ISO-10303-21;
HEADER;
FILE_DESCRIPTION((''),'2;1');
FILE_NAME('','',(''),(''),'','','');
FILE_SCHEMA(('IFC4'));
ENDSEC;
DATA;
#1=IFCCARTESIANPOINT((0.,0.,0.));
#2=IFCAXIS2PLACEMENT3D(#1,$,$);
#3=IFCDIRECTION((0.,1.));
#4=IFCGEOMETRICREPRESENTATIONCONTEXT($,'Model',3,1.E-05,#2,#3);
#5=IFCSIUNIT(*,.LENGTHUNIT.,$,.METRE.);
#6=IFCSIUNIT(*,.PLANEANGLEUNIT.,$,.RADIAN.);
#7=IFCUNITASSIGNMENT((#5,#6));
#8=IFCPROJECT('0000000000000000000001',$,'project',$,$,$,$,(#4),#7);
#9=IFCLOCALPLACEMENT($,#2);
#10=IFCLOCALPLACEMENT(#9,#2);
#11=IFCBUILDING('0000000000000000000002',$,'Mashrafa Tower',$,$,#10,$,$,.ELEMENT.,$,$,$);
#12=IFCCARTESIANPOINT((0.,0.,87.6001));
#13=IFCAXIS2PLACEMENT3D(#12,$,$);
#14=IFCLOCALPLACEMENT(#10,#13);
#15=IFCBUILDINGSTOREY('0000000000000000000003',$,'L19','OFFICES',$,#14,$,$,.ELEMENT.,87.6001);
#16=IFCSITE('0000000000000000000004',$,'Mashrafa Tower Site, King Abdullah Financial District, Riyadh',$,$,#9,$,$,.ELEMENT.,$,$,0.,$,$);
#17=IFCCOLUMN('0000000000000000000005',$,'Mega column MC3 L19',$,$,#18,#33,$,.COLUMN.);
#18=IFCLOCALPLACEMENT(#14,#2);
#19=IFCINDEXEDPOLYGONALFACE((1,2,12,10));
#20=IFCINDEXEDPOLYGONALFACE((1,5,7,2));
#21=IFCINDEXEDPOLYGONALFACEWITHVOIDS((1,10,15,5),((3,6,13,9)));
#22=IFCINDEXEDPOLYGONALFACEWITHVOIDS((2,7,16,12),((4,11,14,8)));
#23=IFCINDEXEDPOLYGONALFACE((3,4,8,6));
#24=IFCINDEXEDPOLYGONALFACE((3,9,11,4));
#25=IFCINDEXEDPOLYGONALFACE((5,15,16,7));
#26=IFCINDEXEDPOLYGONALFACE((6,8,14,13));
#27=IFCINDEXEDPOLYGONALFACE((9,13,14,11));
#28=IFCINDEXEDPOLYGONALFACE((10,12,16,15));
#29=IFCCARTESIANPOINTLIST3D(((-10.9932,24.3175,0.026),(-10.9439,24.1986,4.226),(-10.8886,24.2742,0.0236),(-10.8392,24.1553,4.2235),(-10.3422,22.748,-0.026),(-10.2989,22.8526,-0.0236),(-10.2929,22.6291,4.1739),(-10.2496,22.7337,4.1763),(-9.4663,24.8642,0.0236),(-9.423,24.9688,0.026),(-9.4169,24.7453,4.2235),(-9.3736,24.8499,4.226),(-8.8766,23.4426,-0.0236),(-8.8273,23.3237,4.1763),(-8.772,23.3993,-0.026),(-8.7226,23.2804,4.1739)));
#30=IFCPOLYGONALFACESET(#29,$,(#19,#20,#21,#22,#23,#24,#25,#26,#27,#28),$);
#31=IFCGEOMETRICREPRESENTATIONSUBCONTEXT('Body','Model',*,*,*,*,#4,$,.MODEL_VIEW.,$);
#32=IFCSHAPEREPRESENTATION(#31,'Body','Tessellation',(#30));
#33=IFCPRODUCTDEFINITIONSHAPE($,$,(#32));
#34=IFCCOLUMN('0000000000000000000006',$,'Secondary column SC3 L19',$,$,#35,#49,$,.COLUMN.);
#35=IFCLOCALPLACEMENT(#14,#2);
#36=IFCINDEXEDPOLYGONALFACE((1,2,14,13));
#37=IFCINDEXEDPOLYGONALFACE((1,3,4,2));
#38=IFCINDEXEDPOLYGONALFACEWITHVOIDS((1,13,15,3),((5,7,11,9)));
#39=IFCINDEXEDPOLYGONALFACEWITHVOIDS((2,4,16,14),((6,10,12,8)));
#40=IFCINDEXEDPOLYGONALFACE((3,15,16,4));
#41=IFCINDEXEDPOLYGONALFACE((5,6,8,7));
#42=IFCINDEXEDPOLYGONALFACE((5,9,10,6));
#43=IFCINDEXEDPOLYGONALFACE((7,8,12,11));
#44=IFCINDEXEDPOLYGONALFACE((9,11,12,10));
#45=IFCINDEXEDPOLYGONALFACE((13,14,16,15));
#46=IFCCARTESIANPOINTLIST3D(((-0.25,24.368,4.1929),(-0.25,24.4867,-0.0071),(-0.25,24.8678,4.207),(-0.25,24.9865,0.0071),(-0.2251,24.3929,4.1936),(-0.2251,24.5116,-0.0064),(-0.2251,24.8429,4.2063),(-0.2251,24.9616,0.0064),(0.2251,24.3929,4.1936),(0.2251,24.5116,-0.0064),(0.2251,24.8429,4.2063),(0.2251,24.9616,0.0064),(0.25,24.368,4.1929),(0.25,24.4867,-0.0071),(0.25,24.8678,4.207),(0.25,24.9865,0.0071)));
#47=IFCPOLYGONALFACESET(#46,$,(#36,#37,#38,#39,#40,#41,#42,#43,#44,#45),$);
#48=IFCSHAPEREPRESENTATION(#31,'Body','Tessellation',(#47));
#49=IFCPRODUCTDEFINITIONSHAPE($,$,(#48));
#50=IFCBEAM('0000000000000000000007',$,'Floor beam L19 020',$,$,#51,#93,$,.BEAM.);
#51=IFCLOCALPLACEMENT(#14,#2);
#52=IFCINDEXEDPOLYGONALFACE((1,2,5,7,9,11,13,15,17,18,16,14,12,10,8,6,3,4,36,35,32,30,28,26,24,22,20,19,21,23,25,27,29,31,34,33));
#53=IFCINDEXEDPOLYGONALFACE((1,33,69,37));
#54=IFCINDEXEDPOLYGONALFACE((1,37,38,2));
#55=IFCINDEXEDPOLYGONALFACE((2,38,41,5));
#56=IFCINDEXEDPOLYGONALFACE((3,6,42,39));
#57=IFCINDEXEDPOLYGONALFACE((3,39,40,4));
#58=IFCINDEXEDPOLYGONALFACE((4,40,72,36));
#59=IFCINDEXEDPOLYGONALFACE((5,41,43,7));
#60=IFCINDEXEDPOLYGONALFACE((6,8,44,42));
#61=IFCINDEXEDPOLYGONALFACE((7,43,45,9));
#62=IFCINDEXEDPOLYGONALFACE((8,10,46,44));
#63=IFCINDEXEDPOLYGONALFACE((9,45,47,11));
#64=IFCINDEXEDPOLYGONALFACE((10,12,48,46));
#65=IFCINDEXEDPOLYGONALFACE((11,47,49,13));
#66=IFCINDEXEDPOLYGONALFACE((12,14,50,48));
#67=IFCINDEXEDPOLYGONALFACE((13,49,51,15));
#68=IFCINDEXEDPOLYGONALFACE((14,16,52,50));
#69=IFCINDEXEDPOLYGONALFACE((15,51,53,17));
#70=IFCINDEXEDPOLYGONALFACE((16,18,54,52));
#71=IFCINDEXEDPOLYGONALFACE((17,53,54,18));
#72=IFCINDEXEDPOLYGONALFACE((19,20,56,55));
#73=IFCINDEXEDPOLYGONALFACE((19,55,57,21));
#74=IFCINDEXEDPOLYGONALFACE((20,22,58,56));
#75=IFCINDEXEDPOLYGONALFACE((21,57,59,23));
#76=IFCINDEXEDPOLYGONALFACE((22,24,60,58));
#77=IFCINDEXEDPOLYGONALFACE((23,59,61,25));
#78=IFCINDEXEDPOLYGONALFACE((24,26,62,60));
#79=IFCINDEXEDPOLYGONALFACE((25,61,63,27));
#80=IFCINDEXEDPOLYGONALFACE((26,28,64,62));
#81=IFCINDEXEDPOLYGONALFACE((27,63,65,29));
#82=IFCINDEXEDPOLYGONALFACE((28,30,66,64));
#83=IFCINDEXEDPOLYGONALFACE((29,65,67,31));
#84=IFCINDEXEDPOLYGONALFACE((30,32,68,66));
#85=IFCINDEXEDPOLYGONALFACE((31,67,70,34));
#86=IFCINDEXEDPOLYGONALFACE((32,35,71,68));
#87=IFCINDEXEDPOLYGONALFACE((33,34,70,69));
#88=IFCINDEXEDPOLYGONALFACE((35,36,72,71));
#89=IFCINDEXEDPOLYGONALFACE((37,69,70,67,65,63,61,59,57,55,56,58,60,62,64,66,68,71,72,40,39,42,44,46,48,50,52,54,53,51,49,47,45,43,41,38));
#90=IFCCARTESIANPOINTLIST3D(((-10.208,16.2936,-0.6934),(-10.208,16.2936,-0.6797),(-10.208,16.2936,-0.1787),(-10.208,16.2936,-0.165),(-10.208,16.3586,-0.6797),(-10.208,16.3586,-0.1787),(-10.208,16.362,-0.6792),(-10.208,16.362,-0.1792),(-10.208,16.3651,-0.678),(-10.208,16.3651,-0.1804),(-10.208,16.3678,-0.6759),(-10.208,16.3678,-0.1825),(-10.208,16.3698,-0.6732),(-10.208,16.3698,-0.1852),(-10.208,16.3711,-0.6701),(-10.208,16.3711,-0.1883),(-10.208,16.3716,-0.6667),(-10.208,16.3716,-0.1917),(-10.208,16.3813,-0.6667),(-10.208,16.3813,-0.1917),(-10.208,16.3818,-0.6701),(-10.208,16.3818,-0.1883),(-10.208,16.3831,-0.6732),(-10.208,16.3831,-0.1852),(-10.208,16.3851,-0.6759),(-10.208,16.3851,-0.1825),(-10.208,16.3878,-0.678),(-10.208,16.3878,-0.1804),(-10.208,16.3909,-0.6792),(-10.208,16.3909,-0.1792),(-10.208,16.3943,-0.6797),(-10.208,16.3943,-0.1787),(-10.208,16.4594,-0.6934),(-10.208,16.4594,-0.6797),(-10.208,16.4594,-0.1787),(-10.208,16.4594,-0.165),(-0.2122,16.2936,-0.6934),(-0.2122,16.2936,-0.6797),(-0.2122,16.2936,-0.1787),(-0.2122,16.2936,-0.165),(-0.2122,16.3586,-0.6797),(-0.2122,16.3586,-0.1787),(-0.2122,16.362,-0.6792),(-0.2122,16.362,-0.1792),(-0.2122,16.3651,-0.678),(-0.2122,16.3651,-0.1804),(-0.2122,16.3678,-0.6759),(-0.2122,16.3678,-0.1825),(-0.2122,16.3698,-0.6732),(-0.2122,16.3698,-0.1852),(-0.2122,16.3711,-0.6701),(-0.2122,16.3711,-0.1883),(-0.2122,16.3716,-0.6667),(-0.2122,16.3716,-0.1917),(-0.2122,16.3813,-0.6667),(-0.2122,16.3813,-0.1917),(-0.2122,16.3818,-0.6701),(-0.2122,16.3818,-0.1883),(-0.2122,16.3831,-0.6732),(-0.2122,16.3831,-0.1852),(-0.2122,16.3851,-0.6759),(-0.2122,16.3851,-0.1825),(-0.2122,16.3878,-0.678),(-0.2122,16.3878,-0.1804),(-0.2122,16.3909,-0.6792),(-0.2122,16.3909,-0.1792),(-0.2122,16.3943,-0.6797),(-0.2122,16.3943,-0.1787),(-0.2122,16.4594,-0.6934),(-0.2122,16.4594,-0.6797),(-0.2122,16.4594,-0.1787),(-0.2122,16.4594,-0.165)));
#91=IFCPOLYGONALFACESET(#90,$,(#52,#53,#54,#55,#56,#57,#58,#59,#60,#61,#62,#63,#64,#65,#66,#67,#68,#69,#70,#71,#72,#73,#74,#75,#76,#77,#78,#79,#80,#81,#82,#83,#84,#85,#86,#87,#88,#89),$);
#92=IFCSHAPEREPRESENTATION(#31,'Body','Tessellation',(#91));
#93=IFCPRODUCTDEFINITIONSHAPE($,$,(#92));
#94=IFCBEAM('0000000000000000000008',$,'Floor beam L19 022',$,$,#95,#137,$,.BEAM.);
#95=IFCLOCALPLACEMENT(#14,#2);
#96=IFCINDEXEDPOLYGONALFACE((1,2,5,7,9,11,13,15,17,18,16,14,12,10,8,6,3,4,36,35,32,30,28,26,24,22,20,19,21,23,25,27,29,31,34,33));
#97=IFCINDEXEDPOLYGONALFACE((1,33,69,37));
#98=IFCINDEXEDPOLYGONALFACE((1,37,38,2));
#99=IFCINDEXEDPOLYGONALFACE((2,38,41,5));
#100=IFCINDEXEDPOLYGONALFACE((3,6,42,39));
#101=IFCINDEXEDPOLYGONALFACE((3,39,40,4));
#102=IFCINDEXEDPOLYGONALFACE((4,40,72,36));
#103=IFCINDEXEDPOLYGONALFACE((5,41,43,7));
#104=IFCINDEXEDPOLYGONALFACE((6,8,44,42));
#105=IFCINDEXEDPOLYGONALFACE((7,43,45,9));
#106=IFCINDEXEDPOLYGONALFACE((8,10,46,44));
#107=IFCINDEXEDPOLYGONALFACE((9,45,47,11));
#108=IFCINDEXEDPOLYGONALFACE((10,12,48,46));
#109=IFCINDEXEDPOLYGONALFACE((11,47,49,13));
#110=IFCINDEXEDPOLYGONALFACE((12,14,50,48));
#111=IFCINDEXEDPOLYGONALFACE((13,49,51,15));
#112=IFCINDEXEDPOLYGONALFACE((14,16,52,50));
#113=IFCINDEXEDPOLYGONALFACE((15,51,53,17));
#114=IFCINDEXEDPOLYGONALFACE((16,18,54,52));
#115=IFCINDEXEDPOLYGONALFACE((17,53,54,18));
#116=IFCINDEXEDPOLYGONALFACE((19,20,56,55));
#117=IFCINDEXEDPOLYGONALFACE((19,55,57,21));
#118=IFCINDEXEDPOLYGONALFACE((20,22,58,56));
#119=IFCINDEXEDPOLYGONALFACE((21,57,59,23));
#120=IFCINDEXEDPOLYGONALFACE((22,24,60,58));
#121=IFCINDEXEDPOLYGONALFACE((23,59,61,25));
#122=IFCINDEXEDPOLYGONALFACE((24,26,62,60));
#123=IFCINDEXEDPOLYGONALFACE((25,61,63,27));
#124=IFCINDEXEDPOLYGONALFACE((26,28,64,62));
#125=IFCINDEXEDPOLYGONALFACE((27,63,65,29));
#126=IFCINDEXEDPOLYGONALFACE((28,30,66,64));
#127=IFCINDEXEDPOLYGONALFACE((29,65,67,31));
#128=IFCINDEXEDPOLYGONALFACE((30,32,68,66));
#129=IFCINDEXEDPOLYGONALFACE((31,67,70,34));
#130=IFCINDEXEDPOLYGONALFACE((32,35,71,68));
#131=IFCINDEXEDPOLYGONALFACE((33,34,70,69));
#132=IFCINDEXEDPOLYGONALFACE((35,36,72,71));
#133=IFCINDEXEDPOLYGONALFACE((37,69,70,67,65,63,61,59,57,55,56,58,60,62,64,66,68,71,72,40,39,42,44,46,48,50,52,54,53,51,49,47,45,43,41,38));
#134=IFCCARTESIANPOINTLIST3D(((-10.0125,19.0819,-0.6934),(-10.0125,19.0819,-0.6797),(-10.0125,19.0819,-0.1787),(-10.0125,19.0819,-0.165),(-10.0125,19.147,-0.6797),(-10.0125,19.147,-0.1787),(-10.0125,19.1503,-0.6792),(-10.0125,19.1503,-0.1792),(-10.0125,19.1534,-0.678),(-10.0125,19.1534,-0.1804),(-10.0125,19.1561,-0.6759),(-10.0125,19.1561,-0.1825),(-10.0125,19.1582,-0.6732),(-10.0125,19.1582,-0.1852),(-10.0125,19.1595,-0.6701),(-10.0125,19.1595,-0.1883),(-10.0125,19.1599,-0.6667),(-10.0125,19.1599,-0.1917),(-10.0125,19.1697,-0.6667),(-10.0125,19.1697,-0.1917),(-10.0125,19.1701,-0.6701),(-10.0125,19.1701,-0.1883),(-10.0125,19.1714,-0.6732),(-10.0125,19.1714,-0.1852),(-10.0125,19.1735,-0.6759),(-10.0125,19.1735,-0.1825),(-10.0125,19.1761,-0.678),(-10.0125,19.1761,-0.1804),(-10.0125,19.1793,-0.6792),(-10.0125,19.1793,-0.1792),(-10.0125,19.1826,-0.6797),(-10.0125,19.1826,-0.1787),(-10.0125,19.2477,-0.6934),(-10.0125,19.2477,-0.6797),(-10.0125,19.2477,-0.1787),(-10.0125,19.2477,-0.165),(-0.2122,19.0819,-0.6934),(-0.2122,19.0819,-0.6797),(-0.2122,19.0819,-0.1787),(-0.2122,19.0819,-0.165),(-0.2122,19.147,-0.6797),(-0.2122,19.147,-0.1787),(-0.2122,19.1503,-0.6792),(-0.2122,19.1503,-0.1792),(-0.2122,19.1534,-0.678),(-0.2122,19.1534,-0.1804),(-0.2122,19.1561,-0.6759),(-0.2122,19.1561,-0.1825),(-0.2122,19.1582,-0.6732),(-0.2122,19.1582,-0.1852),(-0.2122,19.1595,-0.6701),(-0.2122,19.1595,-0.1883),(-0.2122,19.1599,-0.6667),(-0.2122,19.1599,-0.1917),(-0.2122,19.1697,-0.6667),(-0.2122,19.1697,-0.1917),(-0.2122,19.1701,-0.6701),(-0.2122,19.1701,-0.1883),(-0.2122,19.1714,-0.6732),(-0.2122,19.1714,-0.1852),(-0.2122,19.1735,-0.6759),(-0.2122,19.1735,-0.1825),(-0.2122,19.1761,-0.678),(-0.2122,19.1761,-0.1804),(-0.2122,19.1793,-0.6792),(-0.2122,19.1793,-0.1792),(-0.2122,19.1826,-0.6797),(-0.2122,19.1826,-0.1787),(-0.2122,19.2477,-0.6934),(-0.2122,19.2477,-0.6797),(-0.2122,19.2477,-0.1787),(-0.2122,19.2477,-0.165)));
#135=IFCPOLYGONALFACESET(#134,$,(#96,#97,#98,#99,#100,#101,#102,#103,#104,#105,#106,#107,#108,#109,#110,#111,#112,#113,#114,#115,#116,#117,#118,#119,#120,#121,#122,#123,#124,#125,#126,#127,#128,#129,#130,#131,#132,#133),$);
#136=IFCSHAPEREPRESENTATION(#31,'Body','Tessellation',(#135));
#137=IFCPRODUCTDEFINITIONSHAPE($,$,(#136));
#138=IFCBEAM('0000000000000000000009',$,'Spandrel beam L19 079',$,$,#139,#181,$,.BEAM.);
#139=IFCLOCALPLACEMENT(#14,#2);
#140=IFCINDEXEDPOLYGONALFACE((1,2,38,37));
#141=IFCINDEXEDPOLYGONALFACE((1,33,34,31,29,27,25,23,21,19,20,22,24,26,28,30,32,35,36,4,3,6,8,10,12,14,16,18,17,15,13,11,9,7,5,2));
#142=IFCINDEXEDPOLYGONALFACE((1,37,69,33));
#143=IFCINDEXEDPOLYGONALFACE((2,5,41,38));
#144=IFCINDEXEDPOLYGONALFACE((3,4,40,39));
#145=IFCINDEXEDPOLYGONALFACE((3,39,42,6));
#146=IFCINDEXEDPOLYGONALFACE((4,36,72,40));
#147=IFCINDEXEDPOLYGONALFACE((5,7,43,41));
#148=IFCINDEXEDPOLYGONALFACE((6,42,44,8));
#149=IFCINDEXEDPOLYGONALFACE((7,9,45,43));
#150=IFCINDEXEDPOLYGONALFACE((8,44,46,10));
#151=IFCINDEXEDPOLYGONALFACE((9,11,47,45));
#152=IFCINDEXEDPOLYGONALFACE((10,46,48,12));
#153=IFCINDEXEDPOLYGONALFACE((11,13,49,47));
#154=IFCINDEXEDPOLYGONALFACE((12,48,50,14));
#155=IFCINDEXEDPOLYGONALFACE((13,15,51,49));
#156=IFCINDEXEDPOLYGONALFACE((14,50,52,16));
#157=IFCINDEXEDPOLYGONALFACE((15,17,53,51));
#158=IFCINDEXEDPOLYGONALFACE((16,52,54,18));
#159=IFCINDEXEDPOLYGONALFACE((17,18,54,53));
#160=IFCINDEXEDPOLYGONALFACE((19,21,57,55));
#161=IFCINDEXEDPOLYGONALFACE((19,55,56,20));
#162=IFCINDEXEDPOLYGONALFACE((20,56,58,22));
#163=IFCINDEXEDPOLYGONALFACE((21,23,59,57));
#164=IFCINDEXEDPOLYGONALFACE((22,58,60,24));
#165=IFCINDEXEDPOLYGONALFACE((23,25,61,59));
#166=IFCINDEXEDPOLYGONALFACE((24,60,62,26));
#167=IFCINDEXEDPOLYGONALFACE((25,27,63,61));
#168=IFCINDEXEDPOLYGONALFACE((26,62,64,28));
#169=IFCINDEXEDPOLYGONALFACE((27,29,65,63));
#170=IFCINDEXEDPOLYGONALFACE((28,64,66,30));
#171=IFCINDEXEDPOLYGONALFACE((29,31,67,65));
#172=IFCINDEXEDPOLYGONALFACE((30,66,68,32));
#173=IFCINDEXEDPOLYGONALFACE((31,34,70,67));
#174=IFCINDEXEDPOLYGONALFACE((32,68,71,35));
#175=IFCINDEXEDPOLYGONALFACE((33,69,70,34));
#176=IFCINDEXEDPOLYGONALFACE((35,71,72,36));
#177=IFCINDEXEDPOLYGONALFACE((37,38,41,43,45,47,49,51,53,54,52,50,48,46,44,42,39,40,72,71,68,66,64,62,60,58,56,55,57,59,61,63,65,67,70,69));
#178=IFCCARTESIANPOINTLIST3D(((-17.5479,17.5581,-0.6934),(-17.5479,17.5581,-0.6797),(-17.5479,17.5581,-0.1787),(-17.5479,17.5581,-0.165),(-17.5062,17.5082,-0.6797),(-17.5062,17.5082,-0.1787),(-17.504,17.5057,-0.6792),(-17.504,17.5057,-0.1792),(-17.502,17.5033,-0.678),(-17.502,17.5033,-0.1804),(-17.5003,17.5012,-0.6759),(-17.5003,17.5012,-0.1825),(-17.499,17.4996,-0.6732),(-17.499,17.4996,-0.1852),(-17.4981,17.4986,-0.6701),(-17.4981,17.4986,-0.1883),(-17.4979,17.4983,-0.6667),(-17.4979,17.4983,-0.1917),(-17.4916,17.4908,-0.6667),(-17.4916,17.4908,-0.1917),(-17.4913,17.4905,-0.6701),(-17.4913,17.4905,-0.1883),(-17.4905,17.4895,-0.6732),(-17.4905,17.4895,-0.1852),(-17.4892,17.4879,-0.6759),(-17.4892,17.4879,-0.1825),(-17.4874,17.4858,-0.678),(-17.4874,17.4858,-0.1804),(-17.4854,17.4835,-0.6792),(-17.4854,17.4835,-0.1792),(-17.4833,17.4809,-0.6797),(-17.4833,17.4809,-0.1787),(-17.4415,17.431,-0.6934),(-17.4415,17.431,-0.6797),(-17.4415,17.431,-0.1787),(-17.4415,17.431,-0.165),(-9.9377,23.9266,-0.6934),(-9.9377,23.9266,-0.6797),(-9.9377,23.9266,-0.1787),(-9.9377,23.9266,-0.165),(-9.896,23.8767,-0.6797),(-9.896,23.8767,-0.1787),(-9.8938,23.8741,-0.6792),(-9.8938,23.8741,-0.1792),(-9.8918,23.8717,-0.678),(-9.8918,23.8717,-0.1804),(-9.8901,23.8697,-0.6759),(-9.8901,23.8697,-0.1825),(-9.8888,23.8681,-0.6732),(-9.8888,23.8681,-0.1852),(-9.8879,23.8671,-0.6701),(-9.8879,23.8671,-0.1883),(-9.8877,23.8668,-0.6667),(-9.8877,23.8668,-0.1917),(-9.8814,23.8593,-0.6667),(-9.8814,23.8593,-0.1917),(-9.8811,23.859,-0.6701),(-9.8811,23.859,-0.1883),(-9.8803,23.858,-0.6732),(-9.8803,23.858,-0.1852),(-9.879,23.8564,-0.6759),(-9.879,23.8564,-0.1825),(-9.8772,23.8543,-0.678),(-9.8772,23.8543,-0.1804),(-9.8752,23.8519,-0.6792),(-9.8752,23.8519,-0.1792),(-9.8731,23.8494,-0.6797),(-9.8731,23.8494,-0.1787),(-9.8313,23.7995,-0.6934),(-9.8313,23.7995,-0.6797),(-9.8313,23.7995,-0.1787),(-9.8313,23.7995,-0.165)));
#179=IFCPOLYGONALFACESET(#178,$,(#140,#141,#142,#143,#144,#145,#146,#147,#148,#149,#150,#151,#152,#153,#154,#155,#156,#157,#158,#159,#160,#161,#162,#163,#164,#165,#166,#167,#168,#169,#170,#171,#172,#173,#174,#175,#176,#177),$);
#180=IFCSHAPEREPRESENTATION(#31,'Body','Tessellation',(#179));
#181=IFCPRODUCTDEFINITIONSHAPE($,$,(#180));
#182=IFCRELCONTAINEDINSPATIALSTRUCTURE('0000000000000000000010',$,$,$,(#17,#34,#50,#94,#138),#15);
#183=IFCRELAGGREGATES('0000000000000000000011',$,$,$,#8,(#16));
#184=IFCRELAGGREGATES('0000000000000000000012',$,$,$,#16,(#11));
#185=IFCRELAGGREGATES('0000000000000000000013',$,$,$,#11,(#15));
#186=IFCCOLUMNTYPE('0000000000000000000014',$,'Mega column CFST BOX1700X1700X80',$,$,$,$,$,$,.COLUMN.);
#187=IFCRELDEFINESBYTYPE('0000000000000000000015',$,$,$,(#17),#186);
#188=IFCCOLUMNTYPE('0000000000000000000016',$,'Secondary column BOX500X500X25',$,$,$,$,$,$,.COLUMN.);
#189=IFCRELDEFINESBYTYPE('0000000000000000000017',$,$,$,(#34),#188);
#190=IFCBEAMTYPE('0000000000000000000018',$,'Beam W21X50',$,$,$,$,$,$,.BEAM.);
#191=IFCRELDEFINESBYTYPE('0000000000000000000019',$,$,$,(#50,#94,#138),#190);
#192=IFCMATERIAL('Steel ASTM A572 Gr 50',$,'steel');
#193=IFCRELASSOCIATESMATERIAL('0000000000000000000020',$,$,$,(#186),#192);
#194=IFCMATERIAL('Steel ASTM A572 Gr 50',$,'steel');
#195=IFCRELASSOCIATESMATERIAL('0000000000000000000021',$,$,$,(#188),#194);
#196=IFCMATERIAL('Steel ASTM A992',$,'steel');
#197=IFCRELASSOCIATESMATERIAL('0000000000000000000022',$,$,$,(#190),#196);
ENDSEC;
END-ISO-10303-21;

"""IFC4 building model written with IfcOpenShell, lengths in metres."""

from ifc_helpers import new_model, si_unit, direction, frame, origin, origin_2d, place, context, subcontext, project, spatial, hollow_rectangle, i_section, extrude, material, material_profile, profile_set, type_object, element, save


model = new_model("IFC4")

# Units and contexts
model_context = context("Model", 3, precision=1e-05, world=origin(), true_north=direction((0.0, 1.0)))
body_context = subcontext(model_context, "Body", "Model", "MODEL_VIEW")
ifc_project = project(units=[si_unit("LENGTHUNIT", "METRE"), si_unit("PLANEANGLEUNIT", "RADIAN")], contexts=[model_context])

# Site, building, storey
site_placement = place(None, origin())
site = spatial("IfcSite", under=ifc_project, at=site_placement, Name="Mashrafa Tower Site, King Abdullah Financial District, Riyadh", CompositionType="ELEMENT", RefElevation=0.0)
building_placement = place(site_placement, origin())
building = spatial("IfcBuilding", under=site, at=building_placement, Name="Mashrafa Tower", CompositionType="ELEMENT")
storey_placement = place(building_placement, frame((0.0, 0.0, 87.6001)))
storey = spatial("IfcBuildingStorey", under=building, at=storey_placement, Name="L19", Description="OFFICES", CompositionType="ELEMENT", Elevation=87.6001)

# Columns
ifc_material_1 = material(Name="Steel ASTM A572 Gr 50", Category="steel")
ifc_material_profile_1 = material_profile(ifc_material_1, hollow_rectangle(XDim=1.7, YDim=1.7, WallThickness=0.0801, at=origin_2d()), Name="BOX1700X1700X80")
ifc_profile_set_1 = profile_set([ifc_material_profile_1], Name="Steel ASTM A572 Gr 50")
column_type_1 = type_object("IfcColumnType", Name="Mega column CFST BOX1700X1700X80", PredefinedType="COLUMN", material=ifc_profile_set_1)
column_1_placement = place(storey_placement, frame((-9.8826, 23.8584, 0.0), z_axis=(0.011737, -0.028296, 0.999531), x_axis=(0.923693, 0.383133, 0.0)))
element("IfcColumn", 1, at=column_1_placement, inside=storey, type_object=column_type_1, Name="Mega column MC3 L19", PredefinedType="COLUMN", context=body_context, shape_type="SweptSolid", body=[
    extrude(hollow_rectangle(XDim=1.7, YDim=1.7, WallThickness=0.0801, at=origin_2d()), origin(), (0.0, 0.0, 1.0), 4.2019),
])
ifc_material_2 = material(Name="Steel ASTM A572 Gr 50", Category="steel")
ifc_material_profile_2 = material_profile(ifc_material_2, hollow_rectangle(XDim=0.5, YDim=0.5, WallThickness=0.0249, at=origin_2d()), Name="BOX500X500X25")
ifc_profile_set_2 = profile_set([ifc_material_profile_2], Name="Steel ASTM A572 Gr 50")
column_type_2 = type_object("IfcColumnType", Name="Secondary column BOX500X500X25", PredefinedType="COLUMN", material=ifc_profile_set_2)
column_2_placement = place(storey_placement, frame((0.0, 24.7366, 0.0), z_axis=(0.0, -0.02824, 0.999601), x_axis=(1.0, 0.0, 0.0)))
element("IfcColumn", 2, at=column_2_placement, inside=storey, type_object=column_type_2, Name="Secondary column SC3 L19", PredefinedType="COLUMN", context=body_context, shape_type="SweptSolid", body=[
    extrude(hollow_rectangle(XDim=0.5, YDim=0.5, WallThickness=0.0249, at=origin_2d()), origin(), (0.0, 0.0, 1.0), 4.2017),
])

# Beams
ifc_material_3 = material(Name="Steel ASTM A992", Category="steel")
ifc_material_profile_3 = material_profile(ifc_material_3, i_section(OverallWidth=0.1658, OverallDepth=0.5283, WebThickness=0.0098, FlangeThickness=0.0137, FilletRadius=0.0129, at=origin_2d()), Name="W21X50")
ifc_profile_set_3 = profile_set([ifc_material_profile_3], Name="Steel ASTM A992")
beam_type_1 = type_object("IfcBeamType", Name="Beam W21X50", PredefinedType="BEAM", material=ifc_profile_set_3)
beam_1_placement = place(storey_placement, frame((-10.208, 16.3765, -0.4292), z_axis=(1.0, 0.0, 0.0), x_axis=(0.0, 1.0, 0.0)))
element("IfcBeam", 3, at=beam_1_placement, inside=storey, type_object=beam_type_1, Name="Floor beam L19 020", PredefinedType="BEAM", context=body_context, shape_type="SweptSolid", body=[
    extrude(i_section(OverallWidth=0.1658, OverallDepth=0.5283, WebThickness=0.0098, FlangeThickness=0.0137, FilletRadius=0.0129, at=origin_2d()), origin(), (0.0, 0.0, 1.0), 9.9958),
])
beam_2_placement = place(storey_placement, frame((-10.0125, 19.1648, -0.4292), z_axis=(1.0, 0.0, 0.0), x_axis=(0.0, 1.0, 0.0)))
element("IfcBeam", 4, at=beam_2_placement, inside=storey, type_object=beam_type_1, Name="Floor beam L19 022", PredefinedType="BEAM", context=body_context, shape_type="SweptSolid", body=[
    extrude(i_section(OverallWidth=0.1658, OverallDepth=0.5283, WebThickness=0.0098, FlangeThickness=0.0137, FilletRadius=0.0129, at=origin_2d()), origin(), (0.0, 0.0, 1.0), 9.8003),
])
beam_3_placement = place(storey_placement, frame((-9.8845, 23.863, -0.4292), z_axis=(-0.766899, -0.641768, 0.0), x_axis=(0.641768, -0.766899, 0.0)))
element("IfcBeam", 5, at=beam_3_placement, inside=storey, type_object=beam_type_1, Name="Spandrel beam L19 079", PredefinedType="BEAM", context=body_context, shape_type="SweptSolid", body=[
    extrude(i_section(OverallWidth=0.1658, OverallDepth=0.5283, WebThickness=0.0098, FlangeThickness=0.0137, FilletRadius=0.0129, at=origin_2d()), origin(), (0.0, 0.0, 1.0), 9.9233),
])

save(model, "model.ifc")
